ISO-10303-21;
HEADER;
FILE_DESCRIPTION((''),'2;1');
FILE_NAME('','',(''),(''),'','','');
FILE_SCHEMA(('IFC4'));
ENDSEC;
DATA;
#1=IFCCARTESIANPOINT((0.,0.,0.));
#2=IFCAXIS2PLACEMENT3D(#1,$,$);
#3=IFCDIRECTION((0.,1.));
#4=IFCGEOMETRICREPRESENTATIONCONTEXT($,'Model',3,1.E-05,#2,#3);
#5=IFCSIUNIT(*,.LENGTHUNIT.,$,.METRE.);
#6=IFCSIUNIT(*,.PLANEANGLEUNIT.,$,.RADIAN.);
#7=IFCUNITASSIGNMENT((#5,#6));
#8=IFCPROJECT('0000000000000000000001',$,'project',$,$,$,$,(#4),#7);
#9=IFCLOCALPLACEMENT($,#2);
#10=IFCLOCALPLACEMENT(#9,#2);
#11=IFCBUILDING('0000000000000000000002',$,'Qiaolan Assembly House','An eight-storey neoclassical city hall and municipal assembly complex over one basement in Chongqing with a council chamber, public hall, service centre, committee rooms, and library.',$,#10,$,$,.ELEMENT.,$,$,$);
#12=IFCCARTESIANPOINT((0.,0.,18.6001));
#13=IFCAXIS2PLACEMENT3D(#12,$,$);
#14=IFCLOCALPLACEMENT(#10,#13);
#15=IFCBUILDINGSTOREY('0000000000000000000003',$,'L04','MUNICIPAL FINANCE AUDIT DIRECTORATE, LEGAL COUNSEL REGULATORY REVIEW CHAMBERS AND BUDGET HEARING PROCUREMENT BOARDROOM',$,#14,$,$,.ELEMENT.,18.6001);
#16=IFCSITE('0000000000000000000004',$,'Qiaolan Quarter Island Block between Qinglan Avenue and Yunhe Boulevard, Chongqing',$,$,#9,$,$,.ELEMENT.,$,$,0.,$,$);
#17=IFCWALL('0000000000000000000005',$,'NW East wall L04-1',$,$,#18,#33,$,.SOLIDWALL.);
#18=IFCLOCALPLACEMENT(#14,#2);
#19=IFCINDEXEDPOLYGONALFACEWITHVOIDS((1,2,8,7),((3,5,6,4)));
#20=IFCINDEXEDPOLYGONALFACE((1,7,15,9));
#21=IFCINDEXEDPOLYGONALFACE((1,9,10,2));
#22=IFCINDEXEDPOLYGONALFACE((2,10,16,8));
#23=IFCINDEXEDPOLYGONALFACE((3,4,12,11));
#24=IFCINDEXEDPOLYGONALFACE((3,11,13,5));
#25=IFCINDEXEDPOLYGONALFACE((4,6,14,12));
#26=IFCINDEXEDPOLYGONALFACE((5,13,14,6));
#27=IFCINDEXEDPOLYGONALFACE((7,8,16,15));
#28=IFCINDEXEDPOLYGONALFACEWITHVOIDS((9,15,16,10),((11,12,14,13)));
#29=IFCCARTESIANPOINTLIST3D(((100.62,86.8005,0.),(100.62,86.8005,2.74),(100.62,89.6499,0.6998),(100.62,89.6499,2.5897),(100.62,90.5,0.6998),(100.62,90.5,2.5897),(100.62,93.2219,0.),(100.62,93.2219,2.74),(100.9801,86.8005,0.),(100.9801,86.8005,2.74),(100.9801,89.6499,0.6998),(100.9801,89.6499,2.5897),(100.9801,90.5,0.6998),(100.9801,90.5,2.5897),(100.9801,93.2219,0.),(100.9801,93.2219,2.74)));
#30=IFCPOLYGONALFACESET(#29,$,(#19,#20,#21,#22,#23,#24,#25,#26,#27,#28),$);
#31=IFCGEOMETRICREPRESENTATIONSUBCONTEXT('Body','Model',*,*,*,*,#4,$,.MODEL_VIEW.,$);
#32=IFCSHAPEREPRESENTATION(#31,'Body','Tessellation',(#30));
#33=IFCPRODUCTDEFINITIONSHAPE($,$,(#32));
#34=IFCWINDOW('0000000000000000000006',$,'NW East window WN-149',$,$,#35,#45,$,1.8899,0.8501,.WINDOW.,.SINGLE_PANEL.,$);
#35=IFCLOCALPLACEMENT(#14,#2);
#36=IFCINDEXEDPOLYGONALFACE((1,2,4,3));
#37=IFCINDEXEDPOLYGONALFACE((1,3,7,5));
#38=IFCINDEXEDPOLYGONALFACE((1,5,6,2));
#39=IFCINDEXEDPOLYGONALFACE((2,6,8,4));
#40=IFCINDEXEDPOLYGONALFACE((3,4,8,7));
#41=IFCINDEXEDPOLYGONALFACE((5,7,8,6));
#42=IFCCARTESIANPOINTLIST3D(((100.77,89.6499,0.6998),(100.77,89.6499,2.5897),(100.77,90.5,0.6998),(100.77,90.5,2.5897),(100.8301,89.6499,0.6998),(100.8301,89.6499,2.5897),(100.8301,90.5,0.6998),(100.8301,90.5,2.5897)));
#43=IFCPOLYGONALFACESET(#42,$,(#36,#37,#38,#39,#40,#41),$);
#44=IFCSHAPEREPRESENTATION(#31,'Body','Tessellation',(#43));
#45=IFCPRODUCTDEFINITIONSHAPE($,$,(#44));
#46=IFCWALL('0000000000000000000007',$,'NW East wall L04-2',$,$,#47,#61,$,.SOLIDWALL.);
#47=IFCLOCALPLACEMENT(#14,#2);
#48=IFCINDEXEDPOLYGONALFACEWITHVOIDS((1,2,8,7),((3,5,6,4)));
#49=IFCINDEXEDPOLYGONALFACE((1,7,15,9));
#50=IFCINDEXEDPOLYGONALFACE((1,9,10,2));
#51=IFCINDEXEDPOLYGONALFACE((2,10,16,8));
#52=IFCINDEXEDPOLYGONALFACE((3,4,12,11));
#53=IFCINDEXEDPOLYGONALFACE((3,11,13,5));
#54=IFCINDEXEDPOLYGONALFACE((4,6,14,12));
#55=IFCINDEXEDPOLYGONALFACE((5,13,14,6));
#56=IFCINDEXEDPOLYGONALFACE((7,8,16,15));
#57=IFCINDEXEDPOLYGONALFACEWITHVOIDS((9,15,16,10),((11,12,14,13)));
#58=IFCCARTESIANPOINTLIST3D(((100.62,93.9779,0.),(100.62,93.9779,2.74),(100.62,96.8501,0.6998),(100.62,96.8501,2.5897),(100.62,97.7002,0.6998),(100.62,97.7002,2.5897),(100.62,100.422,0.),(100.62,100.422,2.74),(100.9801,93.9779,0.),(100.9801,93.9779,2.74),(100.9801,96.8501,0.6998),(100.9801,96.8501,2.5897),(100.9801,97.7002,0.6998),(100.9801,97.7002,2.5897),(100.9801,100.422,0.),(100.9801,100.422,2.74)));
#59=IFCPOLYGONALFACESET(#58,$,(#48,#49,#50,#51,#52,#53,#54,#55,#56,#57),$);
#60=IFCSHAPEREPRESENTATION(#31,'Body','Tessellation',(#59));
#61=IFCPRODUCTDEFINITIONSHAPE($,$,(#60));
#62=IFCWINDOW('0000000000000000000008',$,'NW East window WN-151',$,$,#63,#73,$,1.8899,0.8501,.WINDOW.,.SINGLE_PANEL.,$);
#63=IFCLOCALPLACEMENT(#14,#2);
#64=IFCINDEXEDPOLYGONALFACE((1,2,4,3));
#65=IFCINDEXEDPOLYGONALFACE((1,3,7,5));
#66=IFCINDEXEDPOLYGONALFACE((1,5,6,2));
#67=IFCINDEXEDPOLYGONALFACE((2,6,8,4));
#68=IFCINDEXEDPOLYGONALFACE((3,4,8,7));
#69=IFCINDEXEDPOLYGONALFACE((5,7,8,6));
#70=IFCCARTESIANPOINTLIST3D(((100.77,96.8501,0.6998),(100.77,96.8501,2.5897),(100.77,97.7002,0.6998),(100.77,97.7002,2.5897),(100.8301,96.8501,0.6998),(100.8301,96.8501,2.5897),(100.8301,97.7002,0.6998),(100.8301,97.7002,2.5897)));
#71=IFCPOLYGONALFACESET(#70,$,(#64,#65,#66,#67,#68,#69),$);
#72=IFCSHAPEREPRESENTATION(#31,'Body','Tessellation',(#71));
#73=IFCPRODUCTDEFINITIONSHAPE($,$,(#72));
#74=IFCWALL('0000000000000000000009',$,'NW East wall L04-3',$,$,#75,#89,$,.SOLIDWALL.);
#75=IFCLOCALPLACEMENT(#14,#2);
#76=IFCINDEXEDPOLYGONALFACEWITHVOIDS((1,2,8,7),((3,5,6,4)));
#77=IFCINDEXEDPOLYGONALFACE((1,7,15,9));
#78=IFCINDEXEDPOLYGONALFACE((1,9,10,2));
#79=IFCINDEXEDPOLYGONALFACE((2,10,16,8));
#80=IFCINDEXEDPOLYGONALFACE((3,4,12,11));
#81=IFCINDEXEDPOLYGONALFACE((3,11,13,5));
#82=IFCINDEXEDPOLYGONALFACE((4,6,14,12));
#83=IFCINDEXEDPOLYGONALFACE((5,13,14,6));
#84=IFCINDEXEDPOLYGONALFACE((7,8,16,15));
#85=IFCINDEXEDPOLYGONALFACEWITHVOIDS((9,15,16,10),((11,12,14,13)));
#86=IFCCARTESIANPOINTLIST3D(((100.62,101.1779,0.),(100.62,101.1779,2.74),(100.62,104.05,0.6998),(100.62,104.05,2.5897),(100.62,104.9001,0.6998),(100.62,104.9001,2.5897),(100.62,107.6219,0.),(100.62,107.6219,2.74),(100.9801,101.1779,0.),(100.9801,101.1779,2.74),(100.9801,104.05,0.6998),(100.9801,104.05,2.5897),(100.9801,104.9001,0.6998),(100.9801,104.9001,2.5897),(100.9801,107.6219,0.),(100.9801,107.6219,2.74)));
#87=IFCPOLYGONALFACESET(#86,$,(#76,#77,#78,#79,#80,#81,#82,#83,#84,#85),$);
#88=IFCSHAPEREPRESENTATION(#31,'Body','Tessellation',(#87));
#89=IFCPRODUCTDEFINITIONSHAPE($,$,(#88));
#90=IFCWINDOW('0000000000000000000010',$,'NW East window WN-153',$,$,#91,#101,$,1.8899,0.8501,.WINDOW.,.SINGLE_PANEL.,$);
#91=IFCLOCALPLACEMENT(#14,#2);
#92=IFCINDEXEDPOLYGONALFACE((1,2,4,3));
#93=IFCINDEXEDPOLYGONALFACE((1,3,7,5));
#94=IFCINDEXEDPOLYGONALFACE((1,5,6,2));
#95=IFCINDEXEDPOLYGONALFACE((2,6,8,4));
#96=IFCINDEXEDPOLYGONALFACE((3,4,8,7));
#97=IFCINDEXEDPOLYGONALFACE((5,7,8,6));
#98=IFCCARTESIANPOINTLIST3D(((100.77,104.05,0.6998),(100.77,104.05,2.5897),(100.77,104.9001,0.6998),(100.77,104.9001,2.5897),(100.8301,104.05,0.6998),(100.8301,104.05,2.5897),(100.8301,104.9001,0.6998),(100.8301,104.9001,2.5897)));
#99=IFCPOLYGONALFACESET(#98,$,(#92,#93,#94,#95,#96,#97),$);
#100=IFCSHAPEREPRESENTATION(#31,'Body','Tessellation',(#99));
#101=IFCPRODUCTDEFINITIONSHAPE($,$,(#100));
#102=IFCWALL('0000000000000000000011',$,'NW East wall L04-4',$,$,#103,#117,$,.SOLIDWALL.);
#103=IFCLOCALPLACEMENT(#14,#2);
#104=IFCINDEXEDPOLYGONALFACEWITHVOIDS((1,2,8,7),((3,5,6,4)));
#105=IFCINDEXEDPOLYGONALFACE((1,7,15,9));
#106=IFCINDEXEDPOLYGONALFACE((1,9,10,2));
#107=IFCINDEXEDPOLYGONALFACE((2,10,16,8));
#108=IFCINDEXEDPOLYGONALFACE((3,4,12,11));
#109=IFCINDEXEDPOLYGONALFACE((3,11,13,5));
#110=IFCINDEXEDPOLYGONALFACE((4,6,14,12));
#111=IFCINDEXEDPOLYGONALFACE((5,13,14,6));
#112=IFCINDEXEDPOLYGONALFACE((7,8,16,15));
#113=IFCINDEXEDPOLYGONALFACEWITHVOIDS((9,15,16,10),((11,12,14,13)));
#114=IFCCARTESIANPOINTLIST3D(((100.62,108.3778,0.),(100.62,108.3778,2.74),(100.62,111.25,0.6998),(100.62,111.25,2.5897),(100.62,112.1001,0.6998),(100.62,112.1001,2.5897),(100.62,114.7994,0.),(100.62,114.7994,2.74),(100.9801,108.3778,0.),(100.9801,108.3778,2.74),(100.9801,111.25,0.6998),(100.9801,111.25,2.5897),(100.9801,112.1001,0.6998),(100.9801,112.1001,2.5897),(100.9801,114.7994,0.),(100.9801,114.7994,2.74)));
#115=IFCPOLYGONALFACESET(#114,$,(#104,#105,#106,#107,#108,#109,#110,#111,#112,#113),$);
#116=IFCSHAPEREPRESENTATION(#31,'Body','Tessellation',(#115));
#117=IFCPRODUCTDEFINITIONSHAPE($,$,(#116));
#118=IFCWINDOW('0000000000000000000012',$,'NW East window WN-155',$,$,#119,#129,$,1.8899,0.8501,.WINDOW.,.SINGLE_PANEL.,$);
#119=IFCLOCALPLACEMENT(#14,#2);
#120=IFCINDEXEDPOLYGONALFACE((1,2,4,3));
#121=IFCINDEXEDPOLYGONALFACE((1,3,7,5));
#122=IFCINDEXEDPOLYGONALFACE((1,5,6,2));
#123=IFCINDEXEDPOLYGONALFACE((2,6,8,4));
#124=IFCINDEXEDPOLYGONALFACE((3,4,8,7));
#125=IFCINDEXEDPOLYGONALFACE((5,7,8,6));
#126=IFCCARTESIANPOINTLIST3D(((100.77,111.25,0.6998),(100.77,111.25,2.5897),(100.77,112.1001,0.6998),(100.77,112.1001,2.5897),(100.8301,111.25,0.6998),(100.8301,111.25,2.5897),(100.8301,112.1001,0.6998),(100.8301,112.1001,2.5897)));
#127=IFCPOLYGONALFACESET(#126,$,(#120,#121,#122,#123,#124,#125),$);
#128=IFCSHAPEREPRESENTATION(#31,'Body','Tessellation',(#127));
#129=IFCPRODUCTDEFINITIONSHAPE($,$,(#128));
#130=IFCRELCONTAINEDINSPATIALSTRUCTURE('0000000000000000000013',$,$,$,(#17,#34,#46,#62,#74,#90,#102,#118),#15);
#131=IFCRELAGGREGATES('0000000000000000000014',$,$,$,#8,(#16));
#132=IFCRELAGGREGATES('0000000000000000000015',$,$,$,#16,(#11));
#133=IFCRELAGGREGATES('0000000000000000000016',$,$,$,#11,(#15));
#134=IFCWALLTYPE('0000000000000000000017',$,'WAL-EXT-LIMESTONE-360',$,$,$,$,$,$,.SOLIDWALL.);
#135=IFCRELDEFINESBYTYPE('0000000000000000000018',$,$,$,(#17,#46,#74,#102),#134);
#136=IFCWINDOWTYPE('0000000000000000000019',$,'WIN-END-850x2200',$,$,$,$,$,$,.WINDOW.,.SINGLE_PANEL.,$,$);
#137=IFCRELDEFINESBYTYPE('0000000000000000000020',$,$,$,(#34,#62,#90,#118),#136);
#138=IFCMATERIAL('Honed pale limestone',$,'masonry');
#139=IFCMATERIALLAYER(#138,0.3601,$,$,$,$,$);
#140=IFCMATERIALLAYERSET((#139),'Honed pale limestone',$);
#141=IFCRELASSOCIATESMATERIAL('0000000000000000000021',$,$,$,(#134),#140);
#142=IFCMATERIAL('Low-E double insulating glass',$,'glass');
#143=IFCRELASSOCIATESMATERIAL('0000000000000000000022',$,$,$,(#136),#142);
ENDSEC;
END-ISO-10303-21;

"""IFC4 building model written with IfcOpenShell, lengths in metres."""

from ifc_helpers import new_model, si_unit, direction, frame, frame_2d, origin, place, context, subcontext, project, spatial, rectangle, extrude, material, layer, layer_set, type_object, element, fill, save


model = new_model("IFC4")

# Units and contexts
model_context = context("Model", 3, precision=1e-05, world=origin(), true_north=direction((0.0, 1.0)))
body_context = subcontext(model_context, "Body", "Model", "MODEL_VIEW")
ifc_project = project(units=[si_unit("LENGTHUNIT", "METRE"), si_unit("PLANEANGLEUNIT", "RADIAN")], contexts=[model_context])

# Site, building, storey
site_placement = place(None, origin())
site = spatial("IfcSite", under=ifc_project, at=site_placement, Name="Qiaolan Quarter Island Block between Qinglan Avenue and Yunhe Boulevard, Chongqing", CompositionType="ELEMENT", RefElevation=0.0)
building_placement = place(site_placement, origin())
building = spatial("IfcBuilding", under=site, at=building_placement, Name="Qiaolan Assembly House", Description="An eight-storey neoclassical city hall and municipal assembly complex over one basement in Chongqing with a council chamber, public hall, service centre, committee rooms, and library.", CompositionType="ELEMENT")
storey_placement = place(building_placement, frame((0.0, 0.0, 18.6001)))
storey = spatial("IfcBuildingStorey", under=building, at=storey_placement, Name="L04", Description="MUNICIPAL FINANCE AUDIT DIRECTORATE, LEGAL COUNSEL REGULATORY REVIEW CHAMBERS AND BUDGET HEARING PROCUREMENT BOARDROOM", CompositionType="ELEMENT", Elevation=18.6001)

# Shared definitions
ifc_material_1 = material(Name="Honed pale limestone", Category="masonry")
ifc_layer = layer(ifc_material_1, 0.3601)
ifc_layer_set = layer_set([ifc_layer], Name="Honed pale limestone")
wall_type = type_object("IfcWallType", Name="WAL-EXT-LIMESTONE-360", PredefinedType="SOLIDWALL", material=ifc_layer_set)
ifc_material_2 = material(Name="Low-E double insulating glass", Category="glass")

# Walls, openings, windows
wall_1_placement = place(storey_placement, frame((100.8, 93.2219, 0.0), z_axis=(0.0, 0.0, 1.0), x_axis=(0.0, -1.0, 0.0)))
wall_1 = element("IfcWall", 1, at=wall_1_placement, inside=storey, type_object=wall_type, Name="NW East wall L04-1", PredefinedType="SOLIDWALL", context=body_context, shape_type="SweptSolid", body=[
    extrude(rectangle(XDim=6.4214, YDim=0.3601, at=frame_2d((3.2107, 0.0))), origin(), (0.0, 0.0, 1.0), 2.74),
])
opening_1_placement = place(wall_1_placement, frame((2.7219, 0.0, 0.7)))
opening_1 = element("IfcOpeningElement", 2, at=opening_1_placement, cuts=wall_1, PredefinedType="OPENING", context=body_context, shape_type="SweptSolid", body=[
    extrude(rectangle(XDim=0.8501, YDim=1.8899, at=frame_2d((0.425, 0.9448))), frame((0.0, 0.1899, 0.0), z_axis=(0.0, -1.0, 0.0), x_axis=(1.0, 0.0, 0.0)), (0.0, 0.0, 1.0), 0.3801),
])
window_type_1 = type_object("IfcWindowType", Name="WIN-END-850x2200", PartitioningType="SINGLE_PANEL", PredefinedType="WINDOW", material=ifc_material_2)
window_1_placement = place(opening_1_placement, origin())
window_1 = element("IfcWindow", 3, at=window_1_placement, inside=storey, type_object=window_type_1, Name="NW East window WN-149", OverallHeight=1.8899, OverallWidth=0.8501, PartitioningType="SINGLE_PANEL", PredefinedType="WINDOW", context=body_context, shape_type="SweptSolid", body=[
    extrude(rectangle(XDim=0.8501, YDim=1.8899, at=frame_2d((0.425, 0.9448))), frame((0.0, 0.03, 0.0), z_axis=(0.0, -1.0, 0.0), x_axis=(1.0, 0.0, 0.0)), (0.0, 0.0, 1.0), 0.0601),
])
fill(opening_1, window_1)
wall_2_placement = place(storey_placement, frame((100.8, 100.4221, 0.0), z_axis=(0.0, 0.0, 1.0), x_axis=(0.0, -1.0, 0.0)))
wall_2 = element("IfcWall", 4, at=wall_2_placement, inside=storey, type_object=wall_type, Name="NW East wall L04-2", PredefinedType="SOLIDWALL", context=body_context, shape_type="SweptSolid", body=[
    extrude(rectangle(XDim=6.4441, YDim=0.3601, at=frame_2d((3.2222, 0.0))), origin(), (0.0, 0.0, 1.0), 2.74),
])
opening_2_placement = place(wall_2_placement, frame((2.7219, 0.0, 0.7)))
opening_2 = element("IfcOpeningElement", 5, at=opening_2_placement, cuts=wall_2, PredefinedType="OPENING", context=body_context, shape_type="SweptSolid", body=[
    extrude(rectangle(XDim=0.8501, YDim=1.8899, at=frame_2d((0.425, 0.9448))), frame((0.0, 0.1899, 0.0), z_axis=(0.0, -1.0, 0.0), x_axis=(1.0, 0.0, 0.0)), (0.0, 0.0, 1.0), 0.3801),
])
window_2_placement = place(opening_2_placement, origin())
window_2 = element("IfcWindow", 6, at=window_2_placement, inside=storey, type_object=window_type_1, Name="NW East window WN-151", OverallHeight=1.8899, OverallWidth=0.8501, PartitioningType="SINGLE_PANEL", PredefinedType="WINDOW", context=body_context, shape_type="SweptSolid", body=[
    extrude(rectangle(XDim=0.8501, YDim=1.8899, at=frame_2d((0.425, 0.9448))), frame((0.0, 0.03, 0.0), z_axis=(0.0, -1.0, 0.0), x_axis=(1.0, 0.0, 0.0)), (0.0, 0.0, 1.0), 0.0601),
])
fill(opening_2, window_2)
wall_3_placement = place(storey_placement, frame((100.8, 107.6221, 0.0), z_axis=(0.0, 0.0, 1.0), x_axis=(0.0, -1.0, 0.0)))
wall_3 = element("IfcWall", 7, at=wall_3_placement, inside=storey, type_object=wall_type, Name="NW East wall L04-3", PredefinedType="SOLIDWALL", context=body_context, shape_type="SweptSolid", body=[
    extrude(rectangle(XDim=6.4441, YDim=0.3601, at=frame_2d((3.2222, 0.0))), origin(), (0.0, 0.0, 1.0), 2.74),
])
opening_3_placement = place(wall_3_placement, frame((2.7219, 0.0, 0.7)))
opening_3 = element("IfcOpeningElement", 8, at=opening_3_placement, cuts=wall_3, PredefinedType="OPENING", context=body_context, shape_type="SweptSolid", body=[
    extrude(rectangle(XDim=0.8501, YDim=1.8899, at=frame_2d((0.425, 0.9448))), frame((0.0, 0.1899, 0.0), z_axis=(0.0, -1.0, 0.0), x_axis=(1.0, 0.0, 0.0)), (0.0, 0.0, 1.0), 0.3801),
])
window_3_placement = place(opening_3_placement, origin())
window_3 = element("IfcWindow", 9, at=window_3_placement, inside=storey, type_object=window_type_1, Name="NW East window WN-153", OverallHeight=1.8899, OverallWidth=0.8501, PartitioningType="SINGLE_PANEL", PredefinedType="WINDOW", context=body_context, shape_type="SweptSolid", body=[
    extrude(rectangle(XDim=0.8501, YDim=1.8899, at=frame_2d((0.425, 0.9448))), frame((0.0, 0.03, 0.0), z_axis=(0.0, -1.0, 0.0), x_axis=(1.0, 0.0, 0.0)), (0.0, 0.0, 1.0), 0.0601),
])
fill(opening_3, window_3)
wall_4_placement = place(storey_placement, frame((100.8, 114.7996, 0.0), z_axis=(0.0, 0.0, 1.0), x_axis=(0.0, -1.0, 0.0)))
wall_4 = element("IfcWall", 10, at=wall_4_placement, inside=storey, type_object=wall_type, Name="NW East wall L04-4", PredefinedType="SOLIDWALL", context=body_context, shape_type="SweptSolid", body=[
    extrude(rectangle(XDim=6.4216, YDim=0.3601, at=frame_2d((3.2109, 0.0))), origin(), (0.0, 0.0, 1.0), 2.74),
])
opening_4_placement = place(wall_4_placement, frame((2.6995, 0.0, 0.7)))
opening_4 = element("IfcOpeningElement", 11, at=opening_4_placement, cuts=wall_4, PredefinedType="OPENING", context=body_context, shape_type="SweptSolid", body=[
    extrude(rectangle(XDim=0.8501, YDim=1.8899, at=frame_2d((0.425, 0.9448))), frame((0.0, 0.1899, 0.0), z_axis=(0.0, -1.0, 0.0), x_axis=(1.0, 0.0, 0.0)), (0.0, 0.0, 1.0), 0.3801),
])
window_4_placement = place(opening_4_placement, origin())
window_4 = element("IfcWindow", 12, at=window_4_placement, inside=storey, type_object=window_type_1, Name="NW East window WN-155", OverallHeight=1.8899, OverallWidth=0.8501, PartitioningType="SINGLE_PANEL", PredefinedType="WINDOW", context=body_context, shape_type="SweptSolid", body=[
    extrude(rectangle(XDim=0.8501, YDim=1.8899, at=frame_2d((0.425, 0.9448))), frame((0.0, 0.03, 0.0), z_axis=(0.0, -1.0, 0.0), x_axis=(1.0, 0.0, 0.0)), (0.0, 0.0, 1.0), 0.0601),
])
fill(opening_4, window_4)

save(model, "model.ifc")
